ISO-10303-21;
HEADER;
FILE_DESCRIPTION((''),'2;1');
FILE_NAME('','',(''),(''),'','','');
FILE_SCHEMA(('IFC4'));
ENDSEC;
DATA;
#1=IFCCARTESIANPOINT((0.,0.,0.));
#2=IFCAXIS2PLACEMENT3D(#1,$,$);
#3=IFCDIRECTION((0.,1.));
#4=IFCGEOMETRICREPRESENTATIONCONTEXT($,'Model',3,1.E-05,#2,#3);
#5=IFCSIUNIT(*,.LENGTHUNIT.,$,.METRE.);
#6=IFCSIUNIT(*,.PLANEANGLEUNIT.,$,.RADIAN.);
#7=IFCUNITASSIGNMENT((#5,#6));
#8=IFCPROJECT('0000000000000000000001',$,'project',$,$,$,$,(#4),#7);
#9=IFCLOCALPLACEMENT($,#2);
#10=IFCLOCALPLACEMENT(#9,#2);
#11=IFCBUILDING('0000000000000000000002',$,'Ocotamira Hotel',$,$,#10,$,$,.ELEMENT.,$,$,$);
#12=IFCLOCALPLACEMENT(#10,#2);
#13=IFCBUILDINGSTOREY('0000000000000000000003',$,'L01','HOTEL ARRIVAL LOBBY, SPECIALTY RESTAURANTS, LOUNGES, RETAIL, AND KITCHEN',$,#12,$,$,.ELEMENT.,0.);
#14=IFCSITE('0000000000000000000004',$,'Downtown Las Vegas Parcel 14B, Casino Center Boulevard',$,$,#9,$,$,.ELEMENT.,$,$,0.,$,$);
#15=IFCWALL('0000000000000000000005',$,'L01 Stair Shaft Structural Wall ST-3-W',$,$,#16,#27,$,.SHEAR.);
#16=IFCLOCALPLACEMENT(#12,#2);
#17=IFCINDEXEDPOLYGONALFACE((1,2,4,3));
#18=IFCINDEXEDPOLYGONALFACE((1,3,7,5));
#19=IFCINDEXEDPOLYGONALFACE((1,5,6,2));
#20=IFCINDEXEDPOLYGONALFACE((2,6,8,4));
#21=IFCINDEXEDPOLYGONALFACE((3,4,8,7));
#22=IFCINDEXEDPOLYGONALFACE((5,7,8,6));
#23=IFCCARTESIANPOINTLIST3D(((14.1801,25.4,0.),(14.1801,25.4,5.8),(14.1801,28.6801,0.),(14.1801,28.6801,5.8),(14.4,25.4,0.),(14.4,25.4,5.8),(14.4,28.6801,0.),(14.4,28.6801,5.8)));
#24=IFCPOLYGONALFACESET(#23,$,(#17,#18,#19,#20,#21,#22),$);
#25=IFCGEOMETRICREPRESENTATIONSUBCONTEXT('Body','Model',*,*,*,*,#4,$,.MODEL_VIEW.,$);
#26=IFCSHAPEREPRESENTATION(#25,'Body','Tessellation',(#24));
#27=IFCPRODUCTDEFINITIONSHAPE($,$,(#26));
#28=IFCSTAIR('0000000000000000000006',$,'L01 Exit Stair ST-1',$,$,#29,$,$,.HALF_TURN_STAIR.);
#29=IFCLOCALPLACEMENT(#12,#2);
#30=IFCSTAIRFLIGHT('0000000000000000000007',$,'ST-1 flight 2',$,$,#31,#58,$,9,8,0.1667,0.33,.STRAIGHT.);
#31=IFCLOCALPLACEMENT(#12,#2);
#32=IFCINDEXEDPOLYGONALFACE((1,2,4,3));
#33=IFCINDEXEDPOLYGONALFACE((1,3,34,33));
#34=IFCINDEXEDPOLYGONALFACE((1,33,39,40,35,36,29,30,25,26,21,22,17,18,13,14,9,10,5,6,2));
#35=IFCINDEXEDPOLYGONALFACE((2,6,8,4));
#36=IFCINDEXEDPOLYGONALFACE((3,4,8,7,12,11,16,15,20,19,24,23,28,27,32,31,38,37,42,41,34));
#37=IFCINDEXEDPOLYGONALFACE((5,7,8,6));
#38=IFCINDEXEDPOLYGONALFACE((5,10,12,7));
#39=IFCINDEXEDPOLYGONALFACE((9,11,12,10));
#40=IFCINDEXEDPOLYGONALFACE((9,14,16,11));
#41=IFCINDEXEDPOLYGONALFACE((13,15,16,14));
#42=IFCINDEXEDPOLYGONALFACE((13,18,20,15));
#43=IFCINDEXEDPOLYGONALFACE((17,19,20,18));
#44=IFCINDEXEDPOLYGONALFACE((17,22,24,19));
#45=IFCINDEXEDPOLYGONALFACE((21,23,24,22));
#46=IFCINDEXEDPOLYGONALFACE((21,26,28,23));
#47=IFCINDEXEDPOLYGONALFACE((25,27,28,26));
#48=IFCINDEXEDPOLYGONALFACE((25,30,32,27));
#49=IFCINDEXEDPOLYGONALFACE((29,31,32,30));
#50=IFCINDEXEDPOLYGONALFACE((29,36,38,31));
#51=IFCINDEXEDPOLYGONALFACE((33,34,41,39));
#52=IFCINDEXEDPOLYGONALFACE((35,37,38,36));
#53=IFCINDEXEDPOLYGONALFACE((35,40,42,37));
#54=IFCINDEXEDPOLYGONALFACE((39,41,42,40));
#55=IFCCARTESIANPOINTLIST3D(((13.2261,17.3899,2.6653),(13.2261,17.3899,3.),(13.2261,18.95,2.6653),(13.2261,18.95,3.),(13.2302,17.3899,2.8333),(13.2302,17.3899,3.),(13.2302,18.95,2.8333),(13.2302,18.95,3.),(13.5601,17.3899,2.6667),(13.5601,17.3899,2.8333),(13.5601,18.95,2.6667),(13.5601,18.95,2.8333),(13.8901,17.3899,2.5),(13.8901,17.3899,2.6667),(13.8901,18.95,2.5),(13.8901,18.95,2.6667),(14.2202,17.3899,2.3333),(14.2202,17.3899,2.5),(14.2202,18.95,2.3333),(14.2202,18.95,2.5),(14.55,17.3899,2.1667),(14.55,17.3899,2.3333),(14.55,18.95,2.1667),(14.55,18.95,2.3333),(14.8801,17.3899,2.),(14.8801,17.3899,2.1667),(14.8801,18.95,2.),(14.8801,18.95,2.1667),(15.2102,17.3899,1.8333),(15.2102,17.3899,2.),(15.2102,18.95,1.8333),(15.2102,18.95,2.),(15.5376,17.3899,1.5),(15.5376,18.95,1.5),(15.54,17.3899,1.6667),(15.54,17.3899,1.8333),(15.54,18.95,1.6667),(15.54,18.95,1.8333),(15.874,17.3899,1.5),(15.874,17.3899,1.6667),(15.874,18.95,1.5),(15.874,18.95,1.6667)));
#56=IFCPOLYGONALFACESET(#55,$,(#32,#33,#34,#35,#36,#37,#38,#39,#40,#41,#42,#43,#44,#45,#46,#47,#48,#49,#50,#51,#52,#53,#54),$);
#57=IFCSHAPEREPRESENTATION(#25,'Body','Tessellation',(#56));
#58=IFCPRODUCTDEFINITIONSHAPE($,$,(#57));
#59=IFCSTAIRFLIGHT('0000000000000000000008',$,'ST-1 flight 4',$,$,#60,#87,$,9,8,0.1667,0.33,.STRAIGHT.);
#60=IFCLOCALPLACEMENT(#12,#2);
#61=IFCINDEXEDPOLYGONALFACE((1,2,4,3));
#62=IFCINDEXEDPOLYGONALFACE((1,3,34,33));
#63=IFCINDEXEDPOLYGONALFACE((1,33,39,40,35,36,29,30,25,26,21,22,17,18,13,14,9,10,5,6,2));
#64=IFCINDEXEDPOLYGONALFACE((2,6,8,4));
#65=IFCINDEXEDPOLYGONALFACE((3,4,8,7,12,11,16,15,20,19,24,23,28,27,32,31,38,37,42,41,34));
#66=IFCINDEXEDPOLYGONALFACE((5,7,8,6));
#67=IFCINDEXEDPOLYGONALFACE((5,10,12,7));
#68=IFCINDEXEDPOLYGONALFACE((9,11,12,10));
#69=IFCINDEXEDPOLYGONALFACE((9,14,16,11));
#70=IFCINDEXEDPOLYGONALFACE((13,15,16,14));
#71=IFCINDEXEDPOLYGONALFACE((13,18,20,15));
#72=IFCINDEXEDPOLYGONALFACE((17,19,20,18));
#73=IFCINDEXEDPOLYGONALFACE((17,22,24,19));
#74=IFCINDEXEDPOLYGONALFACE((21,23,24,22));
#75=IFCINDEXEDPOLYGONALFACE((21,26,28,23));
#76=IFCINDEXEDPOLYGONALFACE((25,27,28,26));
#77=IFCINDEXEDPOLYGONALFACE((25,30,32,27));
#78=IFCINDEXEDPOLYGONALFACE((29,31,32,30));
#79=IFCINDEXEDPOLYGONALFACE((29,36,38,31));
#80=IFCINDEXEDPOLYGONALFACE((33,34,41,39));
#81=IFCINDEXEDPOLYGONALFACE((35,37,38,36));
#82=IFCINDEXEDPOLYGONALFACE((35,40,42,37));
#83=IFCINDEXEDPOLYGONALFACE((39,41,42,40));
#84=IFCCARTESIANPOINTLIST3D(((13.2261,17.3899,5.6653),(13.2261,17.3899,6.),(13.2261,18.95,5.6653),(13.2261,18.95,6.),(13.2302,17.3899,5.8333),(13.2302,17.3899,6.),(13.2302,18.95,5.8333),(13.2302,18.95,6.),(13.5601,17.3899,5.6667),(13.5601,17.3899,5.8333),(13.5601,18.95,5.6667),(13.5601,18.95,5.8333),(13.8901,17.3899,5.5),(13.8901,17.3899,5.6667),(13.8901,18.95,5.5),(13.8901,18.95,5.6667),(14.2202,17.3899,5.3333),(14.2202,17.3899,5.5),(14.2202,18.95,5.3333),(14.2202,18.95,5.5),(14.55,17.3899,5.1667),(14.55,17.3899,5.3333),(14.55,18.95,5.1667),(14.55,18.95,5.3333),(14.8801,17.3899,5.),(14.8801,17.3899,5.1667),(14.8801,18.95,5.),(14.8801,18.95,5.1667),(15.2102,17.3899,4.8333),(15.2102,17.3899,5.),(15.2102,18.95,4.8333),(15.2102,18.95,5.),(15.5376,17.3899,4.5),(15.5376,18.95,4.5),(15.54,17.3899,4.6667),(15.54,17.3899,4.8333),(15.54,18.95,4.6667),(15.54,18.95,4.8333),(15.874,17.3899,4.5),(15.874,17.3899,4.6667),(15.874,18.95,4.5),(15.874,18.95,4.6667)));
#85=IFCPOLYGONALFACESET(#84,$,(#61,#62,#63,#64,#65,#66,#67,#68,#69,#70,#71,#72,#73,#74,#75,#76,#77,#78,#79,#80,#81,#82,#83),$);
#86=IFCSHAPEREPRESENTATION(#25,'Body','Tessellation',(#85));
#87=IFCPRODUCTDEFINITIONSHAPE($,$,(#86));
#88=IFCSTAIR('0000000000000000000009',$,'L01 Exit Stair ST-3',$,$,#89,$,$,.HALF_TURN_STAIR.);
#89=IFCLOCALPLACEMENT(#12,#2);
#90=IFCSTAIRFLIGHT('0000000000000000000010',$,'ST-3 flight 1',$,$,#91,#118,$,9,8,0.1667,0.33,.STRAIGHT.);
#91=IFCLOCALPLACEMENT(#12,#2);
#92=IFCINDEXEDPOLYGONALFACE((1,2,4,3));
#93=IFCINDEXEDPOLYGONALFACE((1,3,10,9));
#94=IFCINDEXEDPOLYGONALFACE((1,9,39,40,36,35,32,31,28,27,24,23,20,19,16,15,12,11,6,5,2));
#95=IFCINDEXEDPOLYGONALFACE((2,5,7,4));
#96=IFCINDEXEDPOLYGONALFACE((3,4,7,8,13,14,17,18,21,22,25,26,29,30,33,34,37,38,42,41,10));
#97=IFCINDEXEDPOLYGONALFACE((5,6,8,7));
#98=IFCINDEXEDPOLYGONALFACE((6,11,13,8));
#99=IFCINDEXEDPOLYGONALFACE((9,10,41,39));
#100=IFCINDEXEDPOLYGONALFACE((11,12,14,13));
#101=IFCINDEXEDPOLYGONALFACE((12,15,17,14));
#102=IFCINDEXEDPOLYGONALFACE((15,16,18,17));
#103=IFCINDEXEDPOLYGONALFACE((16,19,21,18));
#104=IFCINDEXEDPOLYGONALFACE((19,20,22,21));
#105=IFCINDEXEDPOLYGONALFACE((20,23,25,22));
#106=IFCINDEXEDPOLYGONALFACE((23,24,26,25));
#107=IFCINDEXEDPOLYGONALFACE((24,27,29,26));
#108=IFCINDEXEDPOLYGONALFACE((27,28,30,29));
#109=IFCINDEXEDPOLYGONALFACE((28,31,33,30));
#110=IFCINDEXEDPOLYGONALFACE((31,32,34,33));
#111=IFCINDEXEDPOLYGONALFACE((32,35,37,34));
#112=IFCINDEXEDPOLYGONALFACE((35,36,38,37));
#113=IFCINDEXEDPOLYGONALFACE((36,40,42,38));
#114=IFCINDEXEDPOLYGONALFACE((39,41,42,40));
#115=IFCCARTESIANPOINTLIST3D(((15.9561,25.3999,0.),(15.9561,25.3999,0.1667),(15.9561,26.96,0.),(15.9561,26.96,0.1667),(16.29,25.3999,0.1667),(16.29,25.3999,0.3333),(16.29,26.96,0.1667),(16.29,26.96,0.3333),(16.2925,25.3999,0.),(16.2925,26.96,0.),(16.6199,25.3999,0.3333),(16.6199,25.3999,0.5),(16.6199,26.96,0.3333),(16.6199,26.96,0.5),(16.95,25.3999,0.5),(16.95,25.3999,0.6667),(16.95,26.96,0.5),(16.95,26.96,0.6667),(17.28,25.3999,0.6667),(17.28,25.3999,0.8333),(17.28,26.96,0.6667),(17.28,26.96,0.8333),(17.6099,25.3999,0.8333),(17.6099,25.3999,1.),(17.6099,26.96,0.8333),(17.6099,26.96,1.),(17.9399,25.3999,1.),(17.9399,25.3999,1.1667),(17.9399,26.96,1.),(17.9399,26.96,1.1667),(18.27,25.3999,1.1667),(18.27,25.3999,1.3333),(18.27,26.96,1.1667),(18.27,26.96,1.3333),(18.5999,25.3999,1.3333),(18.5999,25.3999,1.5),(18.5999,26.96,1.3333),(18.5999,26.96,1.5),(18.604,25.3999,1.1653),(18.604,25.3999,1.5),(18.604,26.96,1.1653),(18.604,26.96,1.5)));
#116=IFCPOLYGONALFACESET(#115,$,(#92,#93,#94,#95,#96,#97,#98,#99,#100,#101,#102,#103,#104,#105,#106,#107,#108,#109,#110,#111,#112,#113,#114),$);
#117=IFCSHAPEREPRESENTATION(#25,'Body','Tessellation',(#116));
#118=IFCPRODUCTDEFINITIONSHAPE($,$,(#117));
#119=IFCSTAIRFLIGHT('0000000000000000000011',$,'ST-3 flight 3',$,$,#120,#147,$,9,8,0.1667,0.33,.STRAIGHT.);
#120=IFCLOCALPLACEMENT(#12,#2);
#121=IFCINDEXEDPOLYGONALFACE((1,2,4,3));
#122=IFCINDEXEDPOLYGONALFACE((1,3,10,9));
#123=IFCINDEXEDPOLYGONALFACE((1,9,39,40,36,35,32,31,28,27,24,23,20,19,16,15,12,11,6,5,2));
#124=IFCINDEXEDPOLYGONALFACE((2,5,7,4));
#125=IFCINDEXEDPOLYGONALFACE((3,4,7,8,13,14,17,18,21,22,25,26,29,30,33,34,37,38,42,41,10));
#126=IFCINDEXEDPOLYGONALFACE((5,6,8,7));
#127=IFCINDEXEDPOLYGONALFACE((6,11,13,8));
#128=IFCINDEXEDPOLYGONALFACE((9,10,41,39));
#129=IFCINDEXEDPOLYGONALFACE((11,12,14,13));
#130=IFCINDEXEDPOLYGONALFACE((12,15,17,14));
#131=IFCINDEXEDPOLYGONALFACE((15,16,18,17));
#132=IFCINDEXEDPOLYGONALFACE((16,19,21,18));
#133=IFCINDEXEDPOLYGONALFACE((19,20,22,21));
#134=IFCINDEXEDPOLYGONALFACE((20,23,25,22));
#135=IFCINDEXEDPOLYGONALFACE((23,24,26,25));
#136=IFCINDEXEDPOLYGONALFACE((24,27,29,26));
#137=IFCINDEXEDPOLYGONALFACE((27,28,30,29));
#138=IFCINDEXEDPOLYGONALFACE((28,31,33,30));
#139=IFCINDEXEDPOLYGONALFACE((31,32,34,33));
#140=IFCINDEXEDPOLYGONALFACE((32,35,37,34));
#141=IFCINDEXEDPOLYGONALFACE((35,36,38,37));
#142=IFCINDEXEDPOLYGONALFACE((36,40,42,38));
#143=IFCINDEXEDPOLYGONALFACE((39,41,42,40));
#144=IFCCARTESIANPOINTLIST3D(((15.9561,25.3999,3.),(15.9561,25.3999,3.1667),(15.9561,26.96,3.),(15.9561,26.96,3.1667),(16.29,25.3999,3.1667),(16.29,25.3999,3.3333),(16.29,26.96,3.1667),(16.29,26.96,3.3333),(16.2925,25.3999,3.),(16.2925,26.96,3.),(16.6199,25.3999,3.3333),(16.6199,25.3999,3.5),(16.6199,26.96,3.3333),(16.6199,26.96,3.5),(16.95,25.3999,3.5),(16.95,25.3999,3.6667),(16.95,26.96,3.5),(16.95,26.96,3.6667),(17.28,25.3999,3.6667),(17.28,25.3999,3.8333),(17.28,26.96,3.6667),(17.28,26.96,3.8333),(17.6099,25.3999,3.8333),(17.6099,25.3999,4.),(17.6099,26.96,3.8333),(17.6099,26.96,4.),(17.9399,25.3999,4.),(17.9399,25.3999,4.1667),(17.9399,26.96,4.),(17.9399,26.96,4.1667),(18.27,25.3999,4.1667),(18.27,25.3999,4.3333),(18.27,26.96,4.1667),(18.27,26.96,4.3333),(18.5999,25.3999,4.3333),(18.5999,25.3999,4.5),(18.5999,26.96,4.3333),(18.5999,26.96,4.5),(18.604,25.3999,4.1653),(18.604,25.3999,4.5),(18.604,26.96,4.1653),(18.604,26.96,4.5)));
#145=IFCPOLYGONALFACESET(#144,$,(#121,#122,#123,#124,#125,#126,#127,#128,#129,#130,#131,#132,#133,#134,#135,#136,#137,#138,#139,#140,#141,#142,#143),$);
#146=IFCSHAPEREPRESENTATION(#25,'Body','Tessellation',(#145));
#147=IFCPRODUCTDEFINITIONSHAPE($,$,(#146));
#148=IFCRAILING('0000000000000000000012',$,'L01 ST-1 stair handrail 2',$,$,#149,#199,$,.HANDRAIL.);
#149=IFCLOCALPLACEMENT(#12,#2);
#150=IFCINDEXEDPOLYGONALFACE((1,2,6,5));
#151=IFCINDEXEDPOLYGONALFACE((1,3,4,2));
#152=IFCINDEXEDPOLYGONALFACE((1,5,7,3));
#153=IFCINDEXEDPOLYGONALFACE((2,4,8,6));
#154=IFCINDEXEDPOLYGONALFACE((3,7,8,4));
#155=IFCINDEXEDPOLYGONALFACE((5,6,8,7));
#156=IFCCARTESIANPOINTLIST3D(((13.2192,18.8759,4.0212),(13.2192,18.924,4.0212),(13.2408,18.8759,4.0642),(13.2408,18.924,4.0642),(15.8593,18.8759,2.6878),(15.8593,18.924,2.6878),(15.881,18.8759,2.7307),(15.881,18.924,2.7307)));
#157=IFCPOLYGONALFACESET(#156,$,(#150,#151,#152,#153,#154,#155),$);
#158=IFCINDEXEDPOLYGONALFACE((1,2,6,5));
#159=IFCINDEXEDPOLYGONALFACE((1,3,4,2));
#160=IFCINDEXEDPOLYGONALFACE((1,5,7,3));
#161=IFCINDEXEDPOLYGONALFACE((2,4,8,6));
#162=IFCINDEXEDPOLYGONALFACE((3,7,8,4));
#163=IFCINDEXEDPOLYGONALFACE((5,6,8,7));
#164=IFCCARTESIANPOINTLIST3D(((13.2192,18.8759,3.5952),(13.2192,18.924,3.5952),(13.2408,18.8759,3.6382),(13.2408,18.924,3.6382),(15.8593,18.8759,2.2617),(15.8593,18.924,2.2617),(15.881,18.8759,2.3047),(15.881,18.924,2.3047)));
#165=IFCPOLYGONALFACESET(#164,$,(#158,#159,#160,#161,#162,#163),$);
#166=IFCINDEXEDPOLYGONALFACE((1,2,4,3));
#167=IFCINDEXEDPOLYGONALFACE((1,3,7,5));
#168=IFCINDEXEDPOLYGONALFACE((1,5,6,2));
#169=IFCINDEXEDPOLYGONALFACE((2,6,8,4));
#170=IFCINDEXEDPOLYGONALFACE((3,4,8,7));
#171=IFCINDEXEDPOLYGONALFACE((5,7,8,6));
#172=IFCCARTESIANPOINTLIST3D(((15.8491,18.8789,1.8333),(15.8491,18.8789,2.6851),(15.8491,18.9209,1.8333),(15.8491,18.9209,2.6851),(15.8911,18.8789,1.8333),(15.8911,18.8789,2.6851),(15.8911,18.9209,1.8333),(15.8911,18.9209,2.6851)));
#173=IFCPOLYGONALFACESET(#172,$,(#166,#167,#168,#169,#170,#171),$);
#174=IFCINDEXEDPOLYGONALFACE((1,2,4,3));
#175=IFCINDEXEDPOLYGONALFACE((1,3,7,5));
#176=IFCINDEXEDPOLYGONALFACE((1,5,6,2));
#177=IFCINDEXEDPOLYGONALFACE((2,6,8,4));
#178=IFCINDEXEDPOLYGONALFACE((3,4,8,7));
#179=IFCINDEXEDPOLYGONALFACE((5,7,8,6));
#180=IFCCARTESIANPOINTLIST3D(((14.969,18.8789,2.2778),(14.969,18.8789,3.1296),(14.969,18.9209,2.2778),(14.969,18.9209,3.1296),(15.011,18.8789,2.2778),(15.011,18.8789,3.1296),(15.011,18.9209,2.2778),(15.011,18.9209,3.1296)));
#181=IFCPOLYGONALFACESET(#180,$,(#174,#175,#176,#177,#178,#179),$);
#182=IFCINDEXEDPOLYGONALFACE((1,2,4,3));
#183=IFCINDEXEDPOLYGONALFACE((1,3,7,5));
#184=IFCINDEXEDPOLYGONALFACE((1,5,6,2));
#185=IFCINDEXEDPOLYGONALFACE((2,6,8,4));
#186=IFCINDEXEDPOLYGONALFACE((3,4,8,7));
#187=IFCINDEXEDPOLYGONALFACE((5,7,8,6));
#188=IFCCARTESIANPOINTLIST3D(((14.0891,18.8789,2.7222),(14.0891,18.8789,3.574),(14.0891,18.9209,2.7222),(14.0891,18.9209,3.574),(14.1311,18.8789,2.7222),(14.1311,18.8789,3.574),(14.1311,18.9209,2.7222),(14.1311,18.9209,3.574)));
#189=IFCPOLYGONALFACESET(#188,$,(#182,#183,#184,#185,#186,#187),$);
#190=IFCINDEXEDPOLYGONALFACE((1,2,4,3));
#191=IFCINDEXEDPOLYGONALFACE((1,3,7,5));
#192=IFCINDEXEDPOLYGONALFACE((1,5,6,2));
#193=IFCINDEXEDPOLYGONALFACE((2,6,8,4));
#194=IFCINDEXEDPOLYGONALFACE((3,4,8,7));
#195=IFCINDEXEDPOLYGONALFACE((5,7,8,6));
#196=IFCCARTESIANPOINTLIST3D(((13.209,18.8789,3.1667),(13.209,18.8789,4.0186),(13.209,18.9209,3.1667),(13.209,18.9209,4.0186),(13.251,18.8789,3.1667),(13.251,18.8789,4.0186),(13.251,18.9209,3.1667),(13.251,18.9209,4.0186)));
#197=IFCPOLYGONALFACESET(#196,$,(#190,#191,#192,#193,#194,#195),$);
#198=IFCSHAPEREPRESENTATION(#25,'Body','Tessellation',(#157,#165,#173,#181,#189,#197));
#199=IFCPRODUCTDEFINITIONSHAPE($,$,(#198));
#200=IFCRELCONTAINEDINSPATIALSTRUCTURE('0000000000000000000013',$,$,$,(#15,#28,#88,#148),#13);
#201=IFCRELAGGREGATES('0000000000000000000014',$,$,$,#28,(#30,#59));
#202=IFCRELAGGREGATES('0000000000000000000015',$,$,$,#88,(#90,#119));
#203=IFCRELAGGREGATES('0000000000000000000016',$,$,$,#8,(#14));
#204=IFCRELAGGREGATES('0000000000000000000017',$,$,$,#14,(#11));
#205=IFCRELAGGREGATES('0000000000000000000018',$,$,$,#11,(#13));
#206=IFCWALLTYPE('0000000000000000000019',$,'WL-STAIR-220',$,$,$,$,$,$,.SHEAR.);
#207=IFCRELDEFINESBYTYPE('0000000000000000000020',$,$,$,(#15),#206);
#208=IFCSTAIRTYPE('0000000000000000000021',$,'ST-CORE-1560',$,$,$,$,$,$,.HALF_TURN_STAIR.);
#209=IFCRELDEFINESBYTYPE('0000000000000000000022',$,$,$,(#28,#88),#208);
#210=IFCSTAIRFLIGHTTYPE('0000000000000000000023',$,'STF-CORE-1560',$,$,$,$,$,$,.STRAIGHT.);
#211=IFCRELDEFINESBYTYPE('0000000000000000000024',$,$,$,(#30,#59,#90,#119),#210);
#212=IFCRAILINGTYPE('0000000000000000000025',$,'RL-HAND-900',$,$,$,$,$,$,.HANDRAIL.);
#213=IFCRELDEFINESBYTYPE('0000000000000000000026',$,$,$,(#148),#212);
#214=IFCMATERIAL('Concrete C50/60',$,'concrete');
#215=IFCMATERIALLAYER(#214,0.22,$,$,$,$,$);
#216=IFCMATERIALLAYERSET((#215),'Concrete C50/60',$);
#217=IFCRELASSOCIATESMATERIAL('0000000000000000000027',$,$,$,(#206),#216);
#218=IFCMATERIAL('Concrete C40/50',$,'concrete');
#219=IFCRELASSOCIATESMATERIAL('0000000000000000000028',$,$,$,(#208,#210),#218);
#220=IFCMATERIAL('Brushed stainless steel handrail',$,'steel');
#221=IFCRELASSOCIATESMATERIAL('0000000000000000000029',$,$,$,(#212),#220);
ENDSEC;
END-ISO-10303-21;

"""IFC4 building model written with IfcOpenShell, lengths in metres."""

from ifc_helpers import new_model, si_unit, direction, frame, frame_2d, origin, origin_2d, place, context, subcontext, project, spatial, polyline, rectangle, outline, extrude, source, transform, mapped, material, layer, layer_set, type_object, element, aggregate, save


model = new_model("IFC4")

# Units and contexts
model_context = context("Model", 3, precision=1e-05, world=origin(), true_north=direction((0.0, 1.0)))
body_context = subcontext(model_context, "Body", "Model", "MODEL_VIEW")
ifc_project = project(units=[si_unit("LENGTHUNIT", "METRE"), si_unit("PLANEANGLEUNIT", "RADIAN")], contexts=[model_context])

# Site, building, storey
site_placement = place(None, origin())
site = spatial("IfcSite", under=ifc_project, at=site_placement, Name="Downtown Las Vegas Parcel 14B, Casino Center Boulevard", CompositionType="ELEMENT", RefElevation=0.0)
building_placement = place(site_placement, origin())
building = spatial("IfcBuilding", under=site, at=building_placement, Name="Ocotamira Hotel", CompositionType="ELEMENT")
storey_placement = place(building_placement, origin())
storey = spatial("IfcBuildingStorey", under=building, at=storey_placement, Name="L01", Description="HOTEL ARRIVAL LOBBY, SPECIALTY RESTAURANTS, LOUNGES, RETAIL, AND KITCHEN", CompositionType="ELEMENT", Elevation=0.0)

# Wall
ifc_material_1 = material(Name="Concrete C50/60", Category="concrete")
ifc_layer_1 = layer(ifc_material_1, 0.22)
ifc_layer_set_1 = layer_set([ifc_layer_1], Name="Concrete C50/60")
wall_type_1 = type_object("IfcWallType", Name="WL-STAIR-220", PredefinedType="SHEAR", material=ifc_layer_set_1)
for number, where, z_axis, x_axis, name in (
    (1, (14.29, 25.3999, 0.0), (0.0, 0.0, 1.0), (0.0, 1.0, 0.0), "L01 Stair Shaft Structural Wall ST-3-W"),
):
    element("IfcWall", number, at=place(storey_placement, frame(where, z_axis=z_axis, x_axis=x_axis)), inside=storey, type_object=wall_type_1, Name=name, PredefinedType="SHEAR", context=body_context, shape_type="SweptSolid", body=[
        extrude(rectangle(XDim=3.28, YDim=0.22, at=frame_2d((1.6401, 0.0))), origin(), (0.0, 0.0, 1.0), 5.8),
    ])

# Stairs, stair flights
ifc_material_2 = material(Name="Concrete C40/50", Category="concrete")
stair_type = type_object("IfcStairType", Name="ST-CORE-1560", PredefinedType="HALF_TURN_STAIR", material=ifc_material_2)
stair_1_placement = place(storey_placement, origin())
stair_1 = element("IfcStair", 2, at=stair_1_placement, inside=storey, type_object=stair_type, Name="L01 Exit Stair ST-1", PredefinedType="HALF_TURN_STAIR")
stair_flight_type = type_object("IfcStairFlightType", Name="STF-CORE-1560", PredefinedType="STRAIGHT", material=ifc_material_2)
shared_shape_1 = source(origin(), body_context, "Body", "SweptSolid", [
    extrude(outline(polyline([(-0.0039, 0.0), (-0.0039, 0.1667), (0.3301, 0.1667), (0.3301, 0.3333), (0.6599, 0.3333), (0.6599, 0.5), (0.99, 0.5), (0.99, 0.6667), (1.3201, 0.6667), (1.3201, 0.8333), (1.6499, 0.8333), (1.6499, 1.0), (1.98, 1.0), (1.98, 1.1667), (2.3101, 1.1667), (2.3101, 1.3333), (2.6399, 1.3333), (2.6399, 1.5), (2.644, 1.5), (2.644, 1.1653), (0.3325, 0.0), (-0.0039, 0.0)])), frame((0.0, 0.78, 0.0), z_axis=(0.0, -1.0, 0.0), x_axis=(1.0, 0.0, 0.0)), (0.0, 0.0, 1.0), 1.5601),
])
stair_flight_1_placement = place(storey_placement, frame((15.8701, 18.1699, 1.5), z_axis=(0.0, 0.0, 1.0), x_axis=(-1.0, 0.0, 0.0)))
stair_flight_1 = element("IfcStairFlight", 3, at=stair_flight_1_placement, type_object=stair_flight_type, Name="ST-1 flight 2", NumberOfRisers=9, NumberOfTreads=8, PredefinedType="STRAIGHT", RiserHeight=0.1667, TreadLength=0.33, context=body_context, shape_type="MappedRepresentation", body=[
    mapped(shared_shape_1, transform((0.0, 0.0, 0.0), scale=1.0)),
])
stair_flight_2_placement = place(storey_placement, frame((15.8701, 18.1699, 4.5), z_axis=(0.0, 0.0, 1.0), x_axis=(-1.0, 0.0, 0.0)))
stair_flight_2 = element("IfcStairFlight", 4, at=stair_flight_2_placement, type_object=stair_flight_type, Name="ST-1 flight 4", NumberOfRisers=9, NumberOfTreads=8, PredefinedType="STRAIGHT", RiserHeight=0.1667, TreadLength=0.33, context=body_context, shape_type="MappedRepresentation", body=[
    mapped(shared_shape_1, transform((0.0, 0.0, 0.0), scale=1.0)),
])
aggregate(stair_1, [stair_flight_1, stair_flight_2])
stair_2_placement = place(storey_placement, origin())
stair_2 = element("IfcStair", 5, at=stair_2_placement, inside=storey, type_object=stair_type, Name="L01 Exit Stair ST-3", PredefinedType="HALF_TURN_STAIR")
stair_flight_3_placement = place(storey_placement, frame((15.96, 26.1799, 0.0), z_axis=(0.0, 0.0, 1.0), x_axis=(1.0, 0.0, 0.0)))
stair_flight_3 = element("IfcStairFlight", 6, at=stair_flight_3_placement, type_object=stair_flight_type, Name="ST-3 flight 1", NumberOfRisers=9, NumberOfTreads=8, PredefinedType="STRAIGHT", RiserHeight=0.1667, TreadLength=0.33, context=body_context, shape_type="MappedRepresentation", body=[
    mapped(shared_shape_1, transform((0.0, 0.0, 0.0), scale=1.0)),
])
stair_flight_4_placement = place(storey_placement, frame((15.96, 26.1799, 3.0), z_axis=(0.0, 0.0, 1.0), x_axis=(1.0, 0.0, 0.0)))
stair_flight_4 = element("IfcStairFlight", 7, at=stair_flight_4_placement, type_object=stair_flight_type, Name="ST-3 flight 3", NumberOfRisers=9, NumberOfTreads=8, PredefinedType="STRAIGHT", RiserHeight=0.1667, TreadLength=0.33, context=body_context, shape_type="MappedRepresentation", body=[
    mapped(shared_shape_1, transform((0.0, 0.0, 0.0), scale=1.0)),
])
aggregate(stair_2, [stair_flight_3, stair_flight_4])

# Railing
ifc_material_3 = material(Name="Brushed stainless steel handrail", Category="steel")
railing_type_1 = type_object("IfcRailingType", Name="RL-HAND-900", PredefinedType="HANDRAIL", material=ifc_material_3)
for number, where, name in (
    (8, (15.8701, 18.8999, 1.8333), "L01 ST-1 stair handrail 2"),
):
    element("IfcRailing", number, at=place(storey_placement, frame(where)), inside=storey, type_object=railing_type_1, Name=name, PredefinedType="HANDRAIL", context=body_context, shape_type="SweptSolid", body=[
        extrude(rectangle(XDim=0.0481, YDim=0.0481, at=origin_2d()), frame((0.0, 0.0, 0.876), z_axis=(-0.892604, 0.0, 0.450842), x_axis=(0.0, -1.0, 0.0)), (0.0, 0.0, 1.0), 2.9578),
        extrude(rectangle(XDim=0.0481, YDim=0.0481, at=origin_2d()), frame((0.0, 0.0, 0.45), z_axis=(-0.892604, 0.0, 0.450842), x_axis=(0.0, -1.0, 0.0)), (0.0, 0.0, 1.0), 2.9578),
        extrude(rectangle(XDim=0.042, YDim=0.042, at=origin_2d()), origin(), (0.0, 0.0, 1.0), 0.8518),
        extrude(rectangle(XDim=0.042, YDim=0.042, at=origin_2d()), frame((-0.8801, 0.0, 0.4446)), (0.0, 0.0, 1.0), 0.8518),
        extrude(rectangle(XDim=0.042, YDim=0.042, at=origin_2d()), frame((-1.76, 0.0, 0.8889)), (0.0, 0.0, 1.0), 0.8518),
        extrude(rectangle(XDim=0.042, YDim=0.042, at=origin_2d()), frame((-2.6401, 0.0, 1.3335)), (0.0, 0.0, 1.0), 0.8518),
    ])

save(model, "model.ifc")
